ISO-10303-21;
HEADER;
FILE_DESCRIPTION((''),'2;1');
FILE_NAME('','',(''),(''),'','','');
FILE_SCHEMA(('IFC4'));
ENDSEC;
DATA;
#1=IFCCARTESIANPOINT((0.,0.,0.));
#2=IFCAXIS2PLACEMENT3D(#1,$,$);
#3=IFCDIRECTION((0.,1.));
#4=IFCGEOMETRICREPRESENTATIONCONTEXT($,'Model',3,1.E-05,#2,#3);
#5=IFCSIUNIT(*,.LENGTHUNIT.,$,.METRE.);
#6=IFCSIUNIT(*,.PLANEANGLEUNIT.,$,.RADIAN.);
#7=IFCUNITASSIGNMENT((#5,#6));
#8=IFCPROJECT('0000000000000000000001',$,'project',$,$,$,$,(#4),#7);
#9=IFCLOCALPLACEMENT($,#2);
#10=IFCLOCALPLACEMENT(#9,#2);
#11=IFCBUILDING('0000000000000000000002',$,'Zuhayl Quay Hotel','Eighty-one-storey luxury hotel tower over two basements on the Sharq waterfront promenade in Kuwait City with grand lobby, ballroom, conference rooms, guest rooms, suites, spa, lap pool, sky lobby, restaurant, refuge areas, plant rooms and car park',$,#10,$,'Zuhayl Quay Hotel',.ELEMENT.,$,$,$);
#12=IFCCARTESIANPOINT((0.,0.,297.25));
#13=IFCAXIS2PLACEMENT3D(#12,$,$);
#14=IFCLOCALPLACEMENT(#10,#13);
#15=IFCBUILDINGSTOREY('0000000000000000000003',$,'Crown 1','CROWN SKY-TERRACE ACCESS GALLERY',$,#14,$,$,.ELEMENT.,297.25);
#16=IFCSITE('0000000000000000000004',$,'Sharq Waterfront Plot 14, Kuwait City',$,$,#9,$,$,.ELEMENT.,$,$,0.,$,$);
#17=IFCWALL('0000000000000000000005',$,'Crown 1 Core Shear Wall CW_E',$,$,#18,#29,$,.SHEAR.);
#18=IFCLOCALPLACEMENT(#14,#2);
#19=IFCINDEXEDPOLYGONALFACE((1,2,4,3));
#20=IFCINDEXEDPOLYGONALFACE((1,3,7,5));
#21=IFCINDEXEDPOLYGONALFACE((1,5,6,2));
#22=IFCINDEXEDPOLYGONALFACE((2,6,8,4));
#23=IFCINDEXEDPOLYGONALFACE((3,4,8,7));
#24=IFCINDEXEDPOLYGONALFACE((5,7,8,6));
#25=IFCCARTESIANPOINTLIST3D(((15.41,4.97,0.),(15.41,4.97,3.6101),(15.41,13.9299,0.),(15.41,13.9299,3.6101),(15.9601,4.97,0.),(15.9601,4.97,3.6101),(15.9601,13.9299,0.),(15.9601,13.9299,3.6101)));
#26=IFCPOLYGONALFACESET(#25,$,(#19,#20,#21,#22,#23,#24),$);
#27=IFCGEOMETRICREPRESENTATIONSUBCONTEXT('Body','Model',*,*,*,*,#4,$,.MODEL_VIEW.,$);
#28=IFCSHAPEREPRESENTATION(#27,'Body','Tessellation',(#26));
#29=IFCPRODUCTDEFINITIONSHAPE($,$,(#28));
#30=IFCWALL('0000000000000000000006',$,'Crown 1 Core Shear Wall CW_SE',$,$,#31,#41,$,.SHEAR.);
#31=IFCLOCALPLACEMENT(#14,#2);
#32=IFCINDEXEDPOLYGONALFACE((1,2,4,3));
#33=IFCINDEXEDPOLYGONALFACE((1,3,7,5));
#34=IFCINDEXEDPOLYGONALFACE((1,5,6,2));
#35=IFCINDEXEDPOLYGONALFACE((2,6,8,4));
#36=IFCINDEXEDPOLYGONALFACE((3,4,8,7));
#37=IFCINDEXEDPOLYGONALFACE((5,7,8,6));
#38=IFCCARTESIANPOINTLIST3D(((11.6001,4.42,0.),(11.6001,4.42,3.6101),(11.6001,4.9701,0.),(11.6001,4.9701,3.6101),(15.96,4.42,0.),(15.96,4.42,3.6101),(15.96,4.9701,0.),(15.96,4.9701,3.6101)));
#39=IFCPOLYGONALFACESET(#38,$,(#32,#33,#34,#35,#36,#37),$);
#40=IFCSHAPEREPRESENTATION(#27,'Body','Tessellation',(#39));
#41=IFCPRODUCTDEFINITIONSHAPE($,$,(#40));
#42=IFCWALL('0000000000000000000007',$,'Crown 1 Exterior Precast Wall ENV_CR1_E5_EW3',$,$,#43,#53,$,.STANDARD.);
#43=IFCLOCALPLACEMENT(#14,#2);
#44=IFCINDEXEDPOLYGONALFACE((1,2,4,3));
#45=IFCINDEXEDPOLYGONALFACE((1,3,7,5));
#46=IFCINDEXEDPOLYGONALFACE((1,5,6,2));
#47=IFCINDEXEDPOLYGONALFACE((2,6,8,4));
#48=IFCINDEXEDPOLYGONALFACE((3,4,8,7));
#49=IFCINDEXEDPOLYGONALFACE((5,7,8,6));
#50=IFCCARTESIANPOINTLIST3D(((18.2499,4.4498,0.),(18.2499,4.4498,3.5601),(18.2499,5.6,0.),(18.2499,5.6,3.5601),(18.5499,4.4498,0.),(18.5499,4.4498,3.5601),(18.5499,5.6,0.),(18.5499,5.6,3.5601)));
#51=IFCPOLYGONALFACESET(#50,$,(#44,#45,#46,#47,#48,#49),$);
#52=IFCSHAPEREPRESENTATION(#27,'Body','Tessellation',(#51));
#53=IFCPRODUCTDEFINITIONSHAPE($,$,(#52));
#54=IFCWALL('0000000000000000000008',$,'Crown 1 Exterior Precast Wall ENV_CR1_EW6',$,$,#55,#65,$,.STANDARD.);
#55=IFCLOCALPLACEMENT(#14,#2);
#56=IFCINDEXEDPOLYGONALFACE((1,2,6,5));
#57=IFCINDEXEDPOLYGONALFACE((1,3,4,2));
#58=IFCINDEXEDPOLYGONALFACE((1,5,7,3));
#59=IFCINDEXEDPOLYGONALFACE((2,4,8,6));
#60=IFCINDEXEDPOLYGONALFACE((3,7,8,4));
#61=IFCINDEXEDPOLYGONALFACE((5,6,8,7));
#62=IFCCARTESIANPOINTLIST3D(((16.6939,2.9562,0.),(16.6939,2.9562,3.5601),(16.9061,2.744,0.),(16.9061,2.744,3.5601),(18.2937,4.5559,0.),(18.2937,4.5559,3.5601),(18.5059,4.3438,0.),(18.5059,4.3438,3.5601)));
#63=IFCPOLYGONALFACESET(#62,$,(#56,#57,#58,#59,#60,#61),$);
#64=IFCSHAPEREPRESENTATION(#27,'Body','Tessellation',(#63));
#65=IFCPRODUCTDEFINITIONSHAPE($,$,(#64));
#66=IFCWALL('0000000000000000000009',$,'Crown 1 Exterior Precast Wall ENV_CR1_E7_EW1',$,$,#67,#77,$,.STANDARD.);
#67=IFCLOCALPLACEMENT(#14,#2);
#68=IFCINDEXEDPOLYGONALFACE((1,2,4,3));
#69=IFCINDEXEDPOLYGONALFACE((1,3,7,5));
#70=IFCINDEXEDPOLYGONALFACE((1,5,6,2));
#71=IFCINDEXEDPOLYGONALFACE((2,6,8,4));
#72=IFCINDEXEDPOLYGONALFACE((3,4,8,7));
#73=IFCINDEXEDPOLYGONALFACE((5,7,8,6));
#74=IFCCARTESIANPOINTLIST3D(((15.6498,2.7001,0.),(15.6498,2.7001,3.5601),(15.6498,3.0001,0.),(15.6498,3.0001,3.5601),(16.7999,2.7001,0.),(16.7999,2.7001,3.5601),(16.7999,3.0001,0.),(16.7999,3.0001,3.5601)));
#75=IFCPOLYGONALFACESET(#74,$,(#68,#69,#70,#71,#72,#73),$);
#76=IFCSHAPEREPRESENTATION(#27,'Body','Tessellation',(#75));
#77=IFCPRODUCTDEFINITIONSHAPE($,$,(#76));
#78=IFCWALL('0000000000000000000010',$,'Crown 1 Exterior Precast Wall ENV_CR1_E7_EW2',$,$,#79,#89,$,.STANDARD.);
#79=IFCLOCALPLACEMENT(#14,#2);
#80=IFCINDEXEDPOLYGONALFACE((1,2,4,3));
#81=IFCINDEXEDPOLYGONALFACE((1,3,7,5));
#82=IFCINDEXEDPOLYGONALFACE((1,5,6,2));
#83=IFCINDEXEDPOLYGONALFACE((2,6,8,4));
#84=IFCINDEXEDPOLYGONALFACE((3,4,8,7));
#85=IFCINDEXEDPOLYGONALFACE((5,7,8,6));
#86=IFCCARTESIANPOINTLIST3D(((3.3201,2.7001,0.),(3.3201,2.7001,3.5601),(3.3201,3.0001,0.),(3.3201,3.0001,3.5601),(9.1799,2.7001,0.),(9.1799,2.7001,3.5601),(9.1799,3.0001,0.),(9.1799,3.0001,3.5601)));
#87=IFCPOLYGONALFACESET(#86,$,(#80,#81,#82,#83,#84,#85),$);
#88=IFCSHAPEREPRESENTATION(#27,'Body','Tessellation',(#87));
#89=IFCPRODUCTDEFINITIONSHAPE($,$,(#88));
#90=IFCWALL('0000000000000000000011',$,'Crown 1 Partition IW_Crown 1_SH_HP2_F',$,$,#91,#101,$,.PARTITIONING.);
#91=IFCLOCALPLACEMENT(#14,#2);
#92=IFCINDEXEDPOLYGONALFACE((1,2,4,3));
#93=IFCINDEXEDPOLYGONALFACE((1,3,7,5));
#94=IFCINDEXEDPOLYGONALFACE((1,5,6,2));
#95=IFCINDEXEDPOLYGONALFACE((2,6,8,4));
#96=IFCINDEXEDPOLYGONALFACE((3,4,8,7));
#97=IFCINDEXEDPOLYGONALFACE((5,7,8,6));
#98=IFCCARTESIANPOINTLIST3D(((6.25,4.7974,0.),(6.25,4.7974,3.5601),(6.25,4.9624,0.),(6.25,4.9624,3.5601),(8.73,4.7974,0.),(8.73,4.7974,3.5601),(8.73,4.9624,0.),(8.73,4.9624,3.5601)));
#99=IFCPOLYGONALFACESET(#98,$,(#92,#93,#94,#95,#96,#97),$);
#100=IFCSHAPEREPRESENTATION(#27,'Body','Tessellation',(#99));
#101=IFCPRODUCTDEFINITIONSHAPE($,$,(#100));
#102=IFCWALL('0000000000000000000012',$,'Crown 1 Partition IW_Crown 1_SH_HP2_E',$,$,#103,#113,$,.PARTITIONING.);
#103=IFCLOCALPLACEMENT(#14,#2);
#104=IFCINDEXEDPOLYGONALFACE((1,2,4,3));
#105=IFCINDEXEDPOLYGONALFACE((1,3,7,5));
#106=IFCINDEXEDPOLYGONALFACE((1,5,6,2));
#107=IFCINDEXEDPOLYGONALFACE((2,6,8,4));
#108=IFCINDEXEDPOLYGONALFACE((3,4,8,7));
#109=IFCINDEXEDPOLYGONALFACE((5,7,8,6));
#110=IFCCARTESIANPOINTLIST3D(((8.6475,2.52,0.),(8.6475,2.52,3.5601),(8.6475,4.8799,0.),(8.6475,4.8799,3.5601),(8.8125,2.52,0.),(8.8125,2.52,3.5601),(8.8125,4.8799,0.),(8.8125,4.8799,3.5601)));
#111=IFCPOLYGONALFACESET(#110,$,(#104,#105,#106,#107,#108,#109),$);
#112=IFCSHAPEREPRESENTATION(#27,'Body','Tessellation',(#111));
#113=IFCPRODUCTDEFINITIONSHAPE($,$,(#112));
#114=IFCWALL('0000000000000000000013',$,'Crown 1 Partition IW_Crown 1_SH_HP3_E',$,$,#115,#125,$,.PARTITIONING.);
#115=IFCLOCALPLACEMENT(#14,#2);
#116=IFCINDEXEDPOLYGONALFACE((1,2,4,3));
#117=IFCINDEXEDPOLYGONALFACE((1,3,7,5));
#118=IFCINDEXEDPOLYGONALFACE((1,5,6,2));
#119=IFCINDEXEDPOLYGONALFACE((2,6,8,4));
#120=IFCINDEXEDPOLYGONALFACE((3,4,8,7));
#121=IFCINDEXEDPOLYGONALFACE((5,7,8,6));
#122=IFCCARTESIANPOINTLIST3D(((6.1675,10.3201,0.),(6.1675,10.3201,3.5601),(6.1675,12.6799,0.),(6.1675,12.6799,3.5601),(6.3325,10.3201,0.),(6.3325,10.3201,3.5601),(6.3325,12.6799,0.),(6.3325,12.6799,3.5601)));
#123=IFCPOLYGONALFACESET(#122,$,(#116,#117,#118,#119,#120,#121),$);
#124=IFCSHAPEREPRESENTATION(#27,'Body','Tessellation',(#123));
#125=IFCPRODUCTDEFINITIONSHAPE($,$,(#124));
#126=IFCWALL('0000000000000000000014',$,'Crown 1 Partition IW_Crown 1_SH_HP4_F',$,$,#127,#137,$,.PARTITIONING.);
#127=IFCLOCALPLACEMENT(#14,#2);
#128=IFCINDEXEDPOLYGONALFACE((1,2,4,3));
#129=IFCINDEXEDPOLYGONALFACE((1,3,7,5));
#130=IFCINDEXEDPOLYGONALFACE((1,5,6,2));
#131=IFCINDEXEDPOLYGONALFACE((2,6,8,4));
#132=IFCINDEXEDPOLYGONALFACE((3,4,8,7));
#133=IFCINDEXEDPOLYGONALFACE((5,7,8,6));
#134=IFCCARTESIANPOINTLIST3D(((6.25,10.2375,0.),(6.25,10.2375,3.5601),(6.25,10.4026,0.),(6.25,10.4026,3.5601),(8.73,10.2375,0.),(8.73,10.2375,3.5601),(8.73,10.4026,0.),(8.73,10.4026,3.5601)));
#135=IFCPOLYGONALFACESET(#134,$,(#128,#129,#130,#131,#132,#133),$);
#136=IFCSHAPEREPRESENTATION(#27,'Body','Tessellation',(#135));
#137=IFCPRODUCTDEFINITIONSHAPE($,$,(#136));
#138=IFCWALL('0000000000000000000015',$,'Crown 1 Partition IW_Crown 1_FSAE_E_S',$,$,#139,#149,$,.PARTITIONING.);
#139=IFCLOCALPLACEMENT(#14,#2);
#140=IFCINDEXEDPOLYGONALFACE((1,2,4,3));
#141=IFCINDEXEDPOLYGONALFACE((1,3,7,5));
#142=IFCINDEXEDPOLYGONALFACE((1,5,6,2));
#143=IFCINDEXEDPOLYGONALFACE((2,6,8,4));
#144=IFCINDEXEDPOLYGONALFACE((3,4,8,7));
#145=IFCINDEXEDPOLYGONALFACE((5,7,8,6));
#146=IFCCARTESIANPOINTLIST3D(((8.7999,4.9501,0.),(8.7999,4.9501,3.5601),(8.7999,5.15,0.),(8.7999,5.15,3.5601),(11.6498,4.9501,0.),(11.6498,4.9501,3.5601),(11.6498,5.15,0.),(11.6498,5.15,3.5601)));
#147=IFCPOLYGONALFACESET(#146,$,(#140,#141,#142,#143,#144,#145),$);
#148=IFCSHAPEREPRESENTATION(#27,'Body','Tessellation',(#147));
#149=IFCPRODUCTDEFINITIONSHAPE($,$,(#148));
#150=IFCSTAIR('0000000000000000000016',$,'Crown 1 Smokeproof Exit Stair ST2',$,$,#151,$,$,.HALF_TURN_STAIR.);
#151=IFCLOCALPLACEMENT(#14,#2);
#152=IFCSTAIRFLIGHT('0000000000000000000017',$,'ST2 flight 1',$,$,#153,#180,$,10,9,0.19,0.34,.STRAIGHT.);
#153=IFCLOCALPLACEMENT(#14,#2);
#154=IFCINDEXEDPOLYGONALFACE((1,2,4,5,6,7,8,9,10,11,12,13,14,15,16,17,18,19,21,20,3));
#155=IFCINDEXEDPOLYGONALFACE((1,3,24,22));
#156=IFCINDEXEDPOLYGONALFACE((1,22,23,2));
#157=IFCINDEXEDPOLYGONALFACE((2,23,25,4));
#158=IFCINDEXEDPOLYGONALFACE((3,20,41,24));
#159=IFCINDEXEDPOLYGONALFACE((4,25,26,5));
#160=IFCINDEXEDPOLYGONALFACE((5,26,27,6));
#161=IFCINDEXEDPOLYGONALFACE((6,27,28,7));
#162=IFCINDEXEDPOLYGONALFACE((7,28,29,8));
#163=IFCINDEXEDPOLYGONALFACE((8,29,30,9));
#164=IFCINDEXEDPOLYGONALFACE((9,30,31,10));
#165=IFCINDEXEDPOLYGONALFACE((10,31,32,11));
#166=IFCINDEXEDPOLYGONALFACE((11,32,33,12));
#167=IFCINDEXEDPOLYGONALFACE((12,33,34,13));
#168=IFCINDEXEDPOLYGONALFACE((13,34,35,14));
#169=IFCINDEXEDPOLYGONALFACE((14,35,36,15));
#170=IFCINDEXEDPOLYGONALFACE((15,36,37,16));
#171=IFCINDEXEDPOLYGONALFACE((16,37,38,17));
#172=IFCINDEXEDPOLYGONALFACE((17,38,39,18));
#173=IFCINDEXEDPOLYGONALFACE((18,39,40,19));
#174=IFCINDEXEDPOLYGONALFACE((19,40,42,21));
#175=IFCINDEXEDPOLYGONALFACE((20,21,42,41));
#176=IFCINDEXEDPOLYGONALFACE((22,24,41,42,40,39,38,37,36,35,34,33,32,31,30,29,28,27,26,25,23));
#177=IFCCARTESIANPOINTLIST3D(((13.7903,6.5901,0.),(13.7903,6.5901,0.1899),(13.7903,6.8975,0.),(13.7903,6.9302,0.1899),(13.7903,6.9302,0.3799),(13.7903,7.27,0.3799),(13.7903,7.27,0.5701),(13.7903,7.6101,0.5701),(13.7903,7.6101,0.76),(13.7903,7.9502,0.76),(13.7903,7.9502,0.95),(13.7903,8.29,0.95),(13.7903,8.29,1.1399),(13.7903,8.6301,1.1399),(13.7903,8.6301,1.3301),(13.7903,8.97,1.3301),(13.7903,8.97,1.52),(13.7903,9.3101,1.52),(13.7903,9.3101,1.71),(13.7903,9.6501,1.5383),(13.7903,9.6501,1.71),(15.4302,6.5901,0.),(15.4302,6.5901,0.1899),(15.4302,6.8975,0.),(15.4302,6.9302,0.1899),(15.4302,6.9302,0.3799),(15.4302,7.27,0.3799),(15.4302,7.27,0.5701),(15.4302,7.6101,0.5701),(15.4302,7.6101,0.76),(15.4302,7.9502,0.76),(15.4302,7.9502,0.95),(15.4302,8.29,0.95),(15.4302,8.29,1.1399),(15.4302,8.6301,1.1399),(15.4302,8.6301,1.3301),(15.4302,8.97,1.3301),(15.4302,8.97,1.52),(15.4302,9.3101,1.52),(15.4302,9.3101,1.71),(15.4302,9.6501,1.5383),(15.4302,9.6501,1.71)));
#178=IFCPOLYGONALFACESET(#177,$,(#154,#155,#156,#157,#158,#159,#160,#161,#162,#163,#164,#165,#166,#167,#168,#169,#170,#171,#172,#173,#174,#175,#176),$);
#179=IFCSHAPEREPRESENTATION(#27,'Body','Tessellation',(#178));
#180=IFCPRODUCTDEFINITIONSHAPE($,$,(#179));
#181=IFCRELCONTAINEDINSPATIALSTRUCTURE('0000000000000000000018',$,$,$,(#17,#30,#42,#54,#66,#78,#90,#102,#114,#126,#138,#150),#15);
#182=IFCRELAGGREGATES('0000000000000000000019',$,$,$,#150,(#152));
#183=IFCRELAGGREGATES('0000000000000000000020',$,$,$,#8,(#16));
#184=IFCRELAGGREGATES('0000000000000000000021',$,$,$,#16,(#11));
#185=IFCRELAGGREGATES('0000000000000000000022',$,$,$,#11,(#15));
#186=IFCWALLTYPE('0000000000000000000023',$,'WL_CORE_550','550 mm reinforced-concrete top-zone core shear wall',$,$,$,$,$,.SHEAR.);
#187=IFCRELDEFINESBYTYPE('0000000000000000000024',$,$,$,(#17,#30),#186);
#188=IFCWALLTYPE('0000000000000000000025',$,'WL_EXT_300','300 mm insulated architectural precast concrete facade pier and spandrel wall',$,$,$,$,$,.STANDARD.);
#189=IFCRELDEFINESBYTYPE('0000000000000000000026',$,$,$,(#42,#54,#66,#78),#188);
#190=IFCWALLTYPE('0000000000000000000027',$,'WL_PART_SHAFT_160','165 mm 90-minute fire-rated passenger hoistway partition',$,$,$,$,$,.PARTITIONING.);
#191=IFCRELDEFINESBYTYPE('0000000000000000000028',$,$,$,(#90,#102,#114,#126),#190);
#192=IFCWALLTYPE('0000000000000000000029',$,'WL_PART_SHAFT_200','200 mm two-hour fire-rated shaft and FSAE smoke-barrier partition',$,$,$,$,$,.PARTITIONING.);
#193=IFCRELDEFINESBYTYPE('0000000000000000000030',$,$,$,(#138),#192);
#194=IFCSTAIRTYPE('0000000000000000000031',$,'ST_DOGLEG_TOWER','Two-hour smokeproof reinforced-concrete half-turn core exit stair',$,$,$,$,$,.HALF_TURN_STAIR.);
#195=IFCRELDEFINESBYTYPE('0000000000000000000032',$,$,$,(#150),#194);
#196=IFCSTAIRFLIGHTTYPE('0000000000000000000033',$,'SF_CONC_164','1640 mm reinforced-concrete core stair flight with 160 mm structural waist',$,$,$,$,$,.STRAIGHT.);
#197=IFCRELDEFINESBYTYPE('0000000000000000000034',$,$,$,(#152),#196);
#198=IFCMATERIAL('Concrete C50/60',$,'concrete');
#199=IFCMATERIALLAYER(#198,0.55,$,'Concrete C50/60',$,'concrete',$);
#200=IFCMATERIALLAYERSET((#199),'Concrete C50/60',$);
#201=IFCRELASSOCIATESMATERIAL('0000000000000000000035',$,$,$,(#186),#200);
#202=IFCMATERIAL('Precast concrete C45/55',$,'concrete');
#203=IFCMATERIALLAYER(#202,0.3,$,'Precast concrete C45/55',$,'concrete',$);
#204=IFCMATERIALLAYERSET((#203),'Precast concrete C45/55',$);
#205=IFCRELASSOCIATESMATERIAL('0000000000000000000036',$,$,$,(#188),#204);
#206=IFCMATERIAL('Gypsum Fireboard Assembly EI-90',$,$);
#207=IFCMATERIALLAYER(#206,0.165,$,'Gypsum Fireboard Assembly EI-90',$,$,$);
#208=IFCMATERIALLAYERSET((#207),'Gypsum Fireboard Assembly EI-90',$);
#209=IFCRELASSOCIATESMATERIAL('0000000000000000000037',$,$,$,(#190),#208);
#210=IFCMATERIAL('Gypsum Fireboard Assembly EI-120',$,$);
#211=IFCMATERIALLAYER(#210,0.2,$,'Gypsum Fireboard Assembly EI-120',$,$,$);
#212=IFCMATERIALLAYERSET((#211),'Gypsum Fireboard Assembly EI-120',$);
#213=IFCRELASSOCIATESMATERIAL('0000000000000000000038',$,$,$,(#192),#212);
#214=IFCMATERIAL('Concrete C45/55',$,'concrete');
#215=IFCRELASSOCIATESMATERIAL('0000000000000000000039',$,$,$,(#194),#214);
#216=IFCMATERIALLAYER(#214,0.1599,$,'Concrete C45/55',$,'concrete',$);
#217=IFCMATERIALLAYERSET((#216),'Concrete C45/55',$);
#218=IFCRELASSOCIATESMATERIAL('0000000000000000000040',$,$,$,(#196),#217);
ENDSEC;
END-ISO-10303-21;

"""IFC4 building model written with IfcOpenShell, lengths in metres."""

from ifc_helpers import new_model, si_unit, direction, frame, frame_2d, origin, place, context, subcontext, project, spatial, polyline, rectangle, outline, extrude, material, layer, layer_set, type_object, element, aggregate, save


model = new_model("IFC4")

# Units and contexts
model_context = context("Model", 3, precision=1e-05, world=origin(), true_north=direction((0.0, 1.0)))
body_context = subcontext(model_context, "Body", "Model", "MODEL_VIEW")
ifc_project = project(units=[si_unit("LENGTHUNIT", "METRE"), si_unit("PLANEANGLEUNIT", "RADIAN")], contexts=[model_context])

# Site, building, storey
site_placement = place(None, origin())
site = spatial("IfcSite", under=ifc_project, at=site_placement, Name="Sharq Waterfront Plot 14, Kuwait City", CompositionType="ELEMENT", RefElevation=0.0)
building_placement = place(site_placement, origin())
building = spatial("IfcBuilding", under=site, at=building_placement, Name="Zuhayl Quay Hotel", Description="Eighty-one-storey luxury hotel tower over two basements on the Sharq waterfront promenade in Kuwait City with grand lobby, ballroom, conference rooms, guest rooms, suites, spa, lap pool, sky lobby, restaurant, refuge areas, plant rooms and car park", LongName="Zuhayl Quay Hotel", CompositionType="ELEMENT")
storey_placement = place(building_placement, frame((0.0, 0.0, 297.25)))
storey = spatial("IfcBuildingStorey", under=building, at=storey_placement, Name="Crown 1", Description="CROWN SKY-TERRACE ACCESS GALLERY", CompositionType="ELEMENT", Elevation=297.25)

# Walls
ifc_material_1 = material(Name="Concrete C50/60", Category="concrete")
ifc_layer_1 = layer(ifc_material_1, 0.55, Name="Concrete C50/60", Category="concrete")
ifc_layer_set_1 = layer_set([ifc_layer_1], Name="Concrete C50/60")
wall_type_1 = type_object("IfcWallType", Name="WL_CORE_550", Description="550 mm reinforced-concrete top-zone core shear wall", PredefinedType="SHEAR", material=ifc_layer_set_1)
wall_1_placement = place(storey_placement, frame((15.6851, 4.97, 0.0), z_axis=(0.0, 0.0, 1.0), x_axis=(0.0, 1.0, 0.0)))
element("IfcWall", 1, at=wall_1_placement, inside=storey, type_object=wall_type_1, Name="Crown 1 Core Shear Wall CW_E", PredefinedType="SHEAR", context=body_context, shape_type="SweptSolid", body=[
    extrude(rectangle(XDim=8.96, YDim=0.55, at=frame_2d((4.48, 0.0))), origin(), (0.0, 0.0, 1.0), 3.6101),
])
wall_2_placement = place(storey_placement, frame((11.6001, 4.6951, 0.0), z_axis=(0.0, 0.0, 1.0), x_axis=(1.0, 0.0, 0.0)))
element("IfcWall", 2, at=wall_2_placement, inside=storey, type_object=wall_type_1, Name="Crown 1 Core Shear Wall CW_SE", PredefinedType="SHEAR", context=body_context, shape_type="SweptSolid", body=[
    extrude(rectangle(XDim=4.3599, YDim=0.55, at=frame_2d((2.1799, 0.0))), origin(), (0.0, 0.0, 1.0), 3.6101),
])
ifc_material_2 = material(Name="Precast concrete C45/55", Category="concrete")
ifc_layer_2 = layer(ifc_material_2, 0.3, Name="Precast concrete C45/55", Category="concrete")
ifc_layer_set_2 = layer_set([ifc_layer_2], Name="Precast concrete C45/55")
wall_type_2 = type_object("IfcWallType", Name="WL_EXT_300", Description="300 mm insulated architectural precast concrete facade pier and spandrel wall", PredefinedType="STANDARD", material=ifc_layer_set_2)
wall_3_placement = place(storey_placement, frame((18.3999, 5.6001, 0.0), z_axis=(0.0, 0.0, 1.0), x_axis=(0.0, -1.0, 0.0)))
element("IfcWall", 3, at=wall_3_placement, inside=storey, type_object=wall_type_2, Name="Crown 1 Exterior Precast Wall ENV_CR1_E5_EW3", PredefinedType="STANDARD", context=body_context, shape_type="SweptSolid", body=[
    extrude(rectangle(XDim=1.1501, YDim=0.3, at=frame_2d((0.5752, 0.0))), origin(), (0.0, 0.0, 1.0), 3.5601),
])
wall_4_placement = place(storey_placement, frame((18.3999, 4.45, 0.0), z_axis=(0.0, 0.0, 1.0), x_axis=(-0.707107, -0.707107, 0.0)))
element("IfcWall", 4, at=wall_4_placement, inside=storey, type_object=wall_type_2, Name="Crown 1 Exterior Precast Wall ENV_CR1_EW6", PredefinedType="STANDARD", context=body_context, shape_type="SweptSolid", body=[
    extrude(rectangle(XDim=2.2625, YDim=0.3, at=frame_2d((1.1313, 0.0))), origin(), (0.0, 0.0, 1.0), 3.5601),
])
wall_5_placement = place(storey_placement, frame((16.8, 2.8501, 0.0), z_axis=(0.0, 0.0, 1.0), x_axis=(-1.0, 0.0, 0.0)))
element("IfcWall", 5, at=wall_5_placement, inside=storey, type_object=wall_type_2, Name="Crown 1 Exterior Precast Wall ENV_CR1_E7_EW1", PredefinedType="STANDARD", context=body_context, shape_type="SweptSolid", body=[
    extrude(rectangle(XDim=1.1501, YDim=0.3, at=frame_2d((0.5752, 0.0))), origin(), (0.0, 0.0, 1.0), 3.5601),
])
wall_6_placement = place(storey_placement, frame((9.1799, 2.8501, 0.0), z_axis=(0.0, 0.0, 1.0), x_axis=(-1.0, 0.0, 0.0)))
element("IfcWall", 6, at=wall_6_placement, inside=storey, type_object=wall_type_2, Name="Crown 1 Exterior Precast Wall ENV_CR1_E7_EW2", PredefinedType="STANDARD", context=body_context, shape_type="SweptSolid", body=[
    extrude(rectangle(XDim=5.8599, YDim=0.3, at=frame_2d((2.9299, 0.0))), origin(), (0.0, 0.0, 1.0), 3.5601),
])
ifc_material_3 = material(Name="Gypsum Fireboard Assembly EI-90")
ifc_layer_3 = layer(ifc_material_3, 0.165, Name="Gypsum Fireboard Assembly EI-90")
ifc_layer_set_3 = layer_set([ifc_layer_3], Name="Gypsum Fireboard Assembly EI-90")
wall_type_3 = type_object("IfcWallType", Name="WL_PART_SHAFT_160", Description="165 mm 90-minute fire-rated passenger hoistway partition", PredefinedType="PARTITIONING", material=ifc_layer_set_3)
wall_7_placement = place(storey_placement, frame((6.25, 4.8799, 0.0), z_axis=(0.0, 0.0, 1.0), x_axis=(1.0, 0.0, 0.0)))
element("IfcWall", 7, at=wall_7_placement, inside=storey, type_object=wall_type_3, Name="Crown 1 Partition IW_Crown 1_SH_HP2_F", PredefinedType="PARTITIONING", context=body_context, shape_type="SweptSolid", body=[
    extrude(rectangle(XDim=2.48, YDim=0.165, at=frame_2d((1.24, 0.0))), origin(), (0.0, 0.0, 1.0), 3.5601),
])
for number, where, z_axis, x_axis, name in (
    (8, (8.73, 2.52, 0.0), (0.0, 0.0, 1.0), (0.0, 1.0, 0.0), "Crown 1 Partition IW_Crown 1_SH_HP2_E"),
    (9, (6.25, 10.3201, 0.0), (0.0, 0.0, 1.0), (0.0, 1.0, 0.0), "Crown 1 Partition IW_Crown 1_SH_HP3_E"),
):
    element("IfcWall", number, at=place(storey_placement, frame(where, z_axis=z_axis, x_axis=x_axis)), inside=storey, type_object=wall_type_3, Name=name, PredefinedType="PARTITIONING", context=body_context, shape_type="SweptSolid", body=[
        extrude(rectangle(XDim=2.3599, YDim=0.165, at=frame_2d((1.1799, 0.0))), origin(), (0.0, 0.0, 1.0), 3.5601),
    ])
wall_8_placement = place(storey_placement, frame((6.25, 10.3201, 0.0), z_axis=(0.0, 0.0, 1.0), x_axis=(1.0, 0.0, 0.0)))
element("IfcWall", 10, at=wall_8_placement, inside=storey, type_object=wall_type_3, Name="Crown 1 Partition IW_Crown 1_SH_HP4_F", PredefinedType="PARTITIONING", context=body_context, shape_type="SweptSolid", body=[
    extrude(rectangle(XDim=2.48, YDim=0.165, at=frame_2d((1.24, 0.0))), origin(), (0.0, 0.0, 1.0), 3.5601),
])
ifc_material_4 = material(Name="Gypsum Fireboard Assembly EI-120")
ifc_layer_4 = layer(ifc_material_4, 0.2, Name="Gypsum Fireboard Assembly EI-120")
ifc_layer_set_4 = layer_set([ifc_layer_4], Name="Gypsum Fireboard Assembly EI-120")
wall_type_4 = type_object("IfcWallType", Name="WL_PART_SHAFT_200", Description="200 mm two-hour fire-rated shaft and FSAE smoke-barrier partition", PredefinedType="PARTITIONING", material=ifc_layer_set_4)
wall_9_placement = place(storey_placement, frame((8.8, 5.05, 0.0), z_axis=(0.0, 0.0, 1.0), x_axis=(1.0, 0.0, 0.0)))
element("IfcWall", 11, at=wall_9_placement, inside=storey, type_object=wall_type_4, Name="Crown 1 Partition IW_Crown 1_FSAE_E_S", PredefinedType="PARTITIONING", context=body_context, shape_type="SweptSolid", body=[
    extrude(rectangle(XDim=2.8499, YDim=0.2, at=frame_2d((1.4248, 0.0))), origin(), (0.0, 0.0, 1.0), 3.5601),
])

# Stair, stair flight
ifc_material_5 = material(Name="Concrete C45/55", Category="concrete")
stair_type = type_object("IfcStairType", Name="ST_DOGLEG_TOWER", Description="Two-hour smokeproof reinforced-concrete half-turn core exit stair", PredefinedType="HALF_TURN_STAIR", material=ifc_material_5)
stair_placement = place(storey_placement, origin())
stair = element("IfcStair", 12, at=stair_placement, inside=storey, type_object=stair_type, Name="Crown 1 Smokeproof Exit Stair ST2", PredefinedType="HALF_TURN_STAIR")
ifc_layer_5 = layer(ifc_material_5, 0.1599, Name="Concrete C45/55", Category="concrete")
ifc_layer_set_5 = layer_set([ifc_layer_5], Name="Concrete C45/55")
stair_flight_type = type_object("IfcStairFlightType", Name="SF_CONC_164", Description="1640 mm reinforced-concrete core stair flight with 160 mm structural waist", PredefinedType="STRAIGHT", material=ifc_layer_set_5)
stair_flight_1_placement = place(storey_placement, frame((14.6101, 6.5901, 0.0), z_axis=(0.0, 0.0, 1.0), x_axis=(0.0, 1.0, 0.0)))
stair_flight_1 = element("IfcStairFlight", 13, at=stair_flight_1_placement, type_object=stair_flight_type, Name="ST2 flight 1", NumberOfRisers=10, NumberOfTreads=9, PredefinedType="STRAIGHT", RiserHeight=0.19, TreadLength=0.34, context=body_context, shape_type="SweptSolid", body=[
    extrude(outline(polyline([(0.0, 0.0), (0.0, 0.1899), (0.3401, 0.1899), (0.3401, 0.3799), (0.6799, 0.3799), (0.6799, 0.5701), (1.02, 0.5701), (1.02, 0.76), (1.3601, 0.76), (1.3601, 0.95), (1.7, 0.95), (1.7, 1.1399), (2.04, 1.1399), (2.04, 1.3301), (2.3799, 1.3301), (2.3799, 1.52), (2.72, 1.52), (2.72, 1.71), (3.0601, 1.71), (3.0601, 1.8999), (3.0601, 1.5383), (0.3074, 0.0), (0.0, 0.0)])), frame((0.0, 0.8198, 0.0), z_axis=(0.0, -1.0, 0.0), x_axis=(1.0, 0.0, 0.0)), (0.0, 0.0, 1.0), 1.6399),
])
aggregate(stair, [stair_flight_1])

save(model, "model.ifc")
